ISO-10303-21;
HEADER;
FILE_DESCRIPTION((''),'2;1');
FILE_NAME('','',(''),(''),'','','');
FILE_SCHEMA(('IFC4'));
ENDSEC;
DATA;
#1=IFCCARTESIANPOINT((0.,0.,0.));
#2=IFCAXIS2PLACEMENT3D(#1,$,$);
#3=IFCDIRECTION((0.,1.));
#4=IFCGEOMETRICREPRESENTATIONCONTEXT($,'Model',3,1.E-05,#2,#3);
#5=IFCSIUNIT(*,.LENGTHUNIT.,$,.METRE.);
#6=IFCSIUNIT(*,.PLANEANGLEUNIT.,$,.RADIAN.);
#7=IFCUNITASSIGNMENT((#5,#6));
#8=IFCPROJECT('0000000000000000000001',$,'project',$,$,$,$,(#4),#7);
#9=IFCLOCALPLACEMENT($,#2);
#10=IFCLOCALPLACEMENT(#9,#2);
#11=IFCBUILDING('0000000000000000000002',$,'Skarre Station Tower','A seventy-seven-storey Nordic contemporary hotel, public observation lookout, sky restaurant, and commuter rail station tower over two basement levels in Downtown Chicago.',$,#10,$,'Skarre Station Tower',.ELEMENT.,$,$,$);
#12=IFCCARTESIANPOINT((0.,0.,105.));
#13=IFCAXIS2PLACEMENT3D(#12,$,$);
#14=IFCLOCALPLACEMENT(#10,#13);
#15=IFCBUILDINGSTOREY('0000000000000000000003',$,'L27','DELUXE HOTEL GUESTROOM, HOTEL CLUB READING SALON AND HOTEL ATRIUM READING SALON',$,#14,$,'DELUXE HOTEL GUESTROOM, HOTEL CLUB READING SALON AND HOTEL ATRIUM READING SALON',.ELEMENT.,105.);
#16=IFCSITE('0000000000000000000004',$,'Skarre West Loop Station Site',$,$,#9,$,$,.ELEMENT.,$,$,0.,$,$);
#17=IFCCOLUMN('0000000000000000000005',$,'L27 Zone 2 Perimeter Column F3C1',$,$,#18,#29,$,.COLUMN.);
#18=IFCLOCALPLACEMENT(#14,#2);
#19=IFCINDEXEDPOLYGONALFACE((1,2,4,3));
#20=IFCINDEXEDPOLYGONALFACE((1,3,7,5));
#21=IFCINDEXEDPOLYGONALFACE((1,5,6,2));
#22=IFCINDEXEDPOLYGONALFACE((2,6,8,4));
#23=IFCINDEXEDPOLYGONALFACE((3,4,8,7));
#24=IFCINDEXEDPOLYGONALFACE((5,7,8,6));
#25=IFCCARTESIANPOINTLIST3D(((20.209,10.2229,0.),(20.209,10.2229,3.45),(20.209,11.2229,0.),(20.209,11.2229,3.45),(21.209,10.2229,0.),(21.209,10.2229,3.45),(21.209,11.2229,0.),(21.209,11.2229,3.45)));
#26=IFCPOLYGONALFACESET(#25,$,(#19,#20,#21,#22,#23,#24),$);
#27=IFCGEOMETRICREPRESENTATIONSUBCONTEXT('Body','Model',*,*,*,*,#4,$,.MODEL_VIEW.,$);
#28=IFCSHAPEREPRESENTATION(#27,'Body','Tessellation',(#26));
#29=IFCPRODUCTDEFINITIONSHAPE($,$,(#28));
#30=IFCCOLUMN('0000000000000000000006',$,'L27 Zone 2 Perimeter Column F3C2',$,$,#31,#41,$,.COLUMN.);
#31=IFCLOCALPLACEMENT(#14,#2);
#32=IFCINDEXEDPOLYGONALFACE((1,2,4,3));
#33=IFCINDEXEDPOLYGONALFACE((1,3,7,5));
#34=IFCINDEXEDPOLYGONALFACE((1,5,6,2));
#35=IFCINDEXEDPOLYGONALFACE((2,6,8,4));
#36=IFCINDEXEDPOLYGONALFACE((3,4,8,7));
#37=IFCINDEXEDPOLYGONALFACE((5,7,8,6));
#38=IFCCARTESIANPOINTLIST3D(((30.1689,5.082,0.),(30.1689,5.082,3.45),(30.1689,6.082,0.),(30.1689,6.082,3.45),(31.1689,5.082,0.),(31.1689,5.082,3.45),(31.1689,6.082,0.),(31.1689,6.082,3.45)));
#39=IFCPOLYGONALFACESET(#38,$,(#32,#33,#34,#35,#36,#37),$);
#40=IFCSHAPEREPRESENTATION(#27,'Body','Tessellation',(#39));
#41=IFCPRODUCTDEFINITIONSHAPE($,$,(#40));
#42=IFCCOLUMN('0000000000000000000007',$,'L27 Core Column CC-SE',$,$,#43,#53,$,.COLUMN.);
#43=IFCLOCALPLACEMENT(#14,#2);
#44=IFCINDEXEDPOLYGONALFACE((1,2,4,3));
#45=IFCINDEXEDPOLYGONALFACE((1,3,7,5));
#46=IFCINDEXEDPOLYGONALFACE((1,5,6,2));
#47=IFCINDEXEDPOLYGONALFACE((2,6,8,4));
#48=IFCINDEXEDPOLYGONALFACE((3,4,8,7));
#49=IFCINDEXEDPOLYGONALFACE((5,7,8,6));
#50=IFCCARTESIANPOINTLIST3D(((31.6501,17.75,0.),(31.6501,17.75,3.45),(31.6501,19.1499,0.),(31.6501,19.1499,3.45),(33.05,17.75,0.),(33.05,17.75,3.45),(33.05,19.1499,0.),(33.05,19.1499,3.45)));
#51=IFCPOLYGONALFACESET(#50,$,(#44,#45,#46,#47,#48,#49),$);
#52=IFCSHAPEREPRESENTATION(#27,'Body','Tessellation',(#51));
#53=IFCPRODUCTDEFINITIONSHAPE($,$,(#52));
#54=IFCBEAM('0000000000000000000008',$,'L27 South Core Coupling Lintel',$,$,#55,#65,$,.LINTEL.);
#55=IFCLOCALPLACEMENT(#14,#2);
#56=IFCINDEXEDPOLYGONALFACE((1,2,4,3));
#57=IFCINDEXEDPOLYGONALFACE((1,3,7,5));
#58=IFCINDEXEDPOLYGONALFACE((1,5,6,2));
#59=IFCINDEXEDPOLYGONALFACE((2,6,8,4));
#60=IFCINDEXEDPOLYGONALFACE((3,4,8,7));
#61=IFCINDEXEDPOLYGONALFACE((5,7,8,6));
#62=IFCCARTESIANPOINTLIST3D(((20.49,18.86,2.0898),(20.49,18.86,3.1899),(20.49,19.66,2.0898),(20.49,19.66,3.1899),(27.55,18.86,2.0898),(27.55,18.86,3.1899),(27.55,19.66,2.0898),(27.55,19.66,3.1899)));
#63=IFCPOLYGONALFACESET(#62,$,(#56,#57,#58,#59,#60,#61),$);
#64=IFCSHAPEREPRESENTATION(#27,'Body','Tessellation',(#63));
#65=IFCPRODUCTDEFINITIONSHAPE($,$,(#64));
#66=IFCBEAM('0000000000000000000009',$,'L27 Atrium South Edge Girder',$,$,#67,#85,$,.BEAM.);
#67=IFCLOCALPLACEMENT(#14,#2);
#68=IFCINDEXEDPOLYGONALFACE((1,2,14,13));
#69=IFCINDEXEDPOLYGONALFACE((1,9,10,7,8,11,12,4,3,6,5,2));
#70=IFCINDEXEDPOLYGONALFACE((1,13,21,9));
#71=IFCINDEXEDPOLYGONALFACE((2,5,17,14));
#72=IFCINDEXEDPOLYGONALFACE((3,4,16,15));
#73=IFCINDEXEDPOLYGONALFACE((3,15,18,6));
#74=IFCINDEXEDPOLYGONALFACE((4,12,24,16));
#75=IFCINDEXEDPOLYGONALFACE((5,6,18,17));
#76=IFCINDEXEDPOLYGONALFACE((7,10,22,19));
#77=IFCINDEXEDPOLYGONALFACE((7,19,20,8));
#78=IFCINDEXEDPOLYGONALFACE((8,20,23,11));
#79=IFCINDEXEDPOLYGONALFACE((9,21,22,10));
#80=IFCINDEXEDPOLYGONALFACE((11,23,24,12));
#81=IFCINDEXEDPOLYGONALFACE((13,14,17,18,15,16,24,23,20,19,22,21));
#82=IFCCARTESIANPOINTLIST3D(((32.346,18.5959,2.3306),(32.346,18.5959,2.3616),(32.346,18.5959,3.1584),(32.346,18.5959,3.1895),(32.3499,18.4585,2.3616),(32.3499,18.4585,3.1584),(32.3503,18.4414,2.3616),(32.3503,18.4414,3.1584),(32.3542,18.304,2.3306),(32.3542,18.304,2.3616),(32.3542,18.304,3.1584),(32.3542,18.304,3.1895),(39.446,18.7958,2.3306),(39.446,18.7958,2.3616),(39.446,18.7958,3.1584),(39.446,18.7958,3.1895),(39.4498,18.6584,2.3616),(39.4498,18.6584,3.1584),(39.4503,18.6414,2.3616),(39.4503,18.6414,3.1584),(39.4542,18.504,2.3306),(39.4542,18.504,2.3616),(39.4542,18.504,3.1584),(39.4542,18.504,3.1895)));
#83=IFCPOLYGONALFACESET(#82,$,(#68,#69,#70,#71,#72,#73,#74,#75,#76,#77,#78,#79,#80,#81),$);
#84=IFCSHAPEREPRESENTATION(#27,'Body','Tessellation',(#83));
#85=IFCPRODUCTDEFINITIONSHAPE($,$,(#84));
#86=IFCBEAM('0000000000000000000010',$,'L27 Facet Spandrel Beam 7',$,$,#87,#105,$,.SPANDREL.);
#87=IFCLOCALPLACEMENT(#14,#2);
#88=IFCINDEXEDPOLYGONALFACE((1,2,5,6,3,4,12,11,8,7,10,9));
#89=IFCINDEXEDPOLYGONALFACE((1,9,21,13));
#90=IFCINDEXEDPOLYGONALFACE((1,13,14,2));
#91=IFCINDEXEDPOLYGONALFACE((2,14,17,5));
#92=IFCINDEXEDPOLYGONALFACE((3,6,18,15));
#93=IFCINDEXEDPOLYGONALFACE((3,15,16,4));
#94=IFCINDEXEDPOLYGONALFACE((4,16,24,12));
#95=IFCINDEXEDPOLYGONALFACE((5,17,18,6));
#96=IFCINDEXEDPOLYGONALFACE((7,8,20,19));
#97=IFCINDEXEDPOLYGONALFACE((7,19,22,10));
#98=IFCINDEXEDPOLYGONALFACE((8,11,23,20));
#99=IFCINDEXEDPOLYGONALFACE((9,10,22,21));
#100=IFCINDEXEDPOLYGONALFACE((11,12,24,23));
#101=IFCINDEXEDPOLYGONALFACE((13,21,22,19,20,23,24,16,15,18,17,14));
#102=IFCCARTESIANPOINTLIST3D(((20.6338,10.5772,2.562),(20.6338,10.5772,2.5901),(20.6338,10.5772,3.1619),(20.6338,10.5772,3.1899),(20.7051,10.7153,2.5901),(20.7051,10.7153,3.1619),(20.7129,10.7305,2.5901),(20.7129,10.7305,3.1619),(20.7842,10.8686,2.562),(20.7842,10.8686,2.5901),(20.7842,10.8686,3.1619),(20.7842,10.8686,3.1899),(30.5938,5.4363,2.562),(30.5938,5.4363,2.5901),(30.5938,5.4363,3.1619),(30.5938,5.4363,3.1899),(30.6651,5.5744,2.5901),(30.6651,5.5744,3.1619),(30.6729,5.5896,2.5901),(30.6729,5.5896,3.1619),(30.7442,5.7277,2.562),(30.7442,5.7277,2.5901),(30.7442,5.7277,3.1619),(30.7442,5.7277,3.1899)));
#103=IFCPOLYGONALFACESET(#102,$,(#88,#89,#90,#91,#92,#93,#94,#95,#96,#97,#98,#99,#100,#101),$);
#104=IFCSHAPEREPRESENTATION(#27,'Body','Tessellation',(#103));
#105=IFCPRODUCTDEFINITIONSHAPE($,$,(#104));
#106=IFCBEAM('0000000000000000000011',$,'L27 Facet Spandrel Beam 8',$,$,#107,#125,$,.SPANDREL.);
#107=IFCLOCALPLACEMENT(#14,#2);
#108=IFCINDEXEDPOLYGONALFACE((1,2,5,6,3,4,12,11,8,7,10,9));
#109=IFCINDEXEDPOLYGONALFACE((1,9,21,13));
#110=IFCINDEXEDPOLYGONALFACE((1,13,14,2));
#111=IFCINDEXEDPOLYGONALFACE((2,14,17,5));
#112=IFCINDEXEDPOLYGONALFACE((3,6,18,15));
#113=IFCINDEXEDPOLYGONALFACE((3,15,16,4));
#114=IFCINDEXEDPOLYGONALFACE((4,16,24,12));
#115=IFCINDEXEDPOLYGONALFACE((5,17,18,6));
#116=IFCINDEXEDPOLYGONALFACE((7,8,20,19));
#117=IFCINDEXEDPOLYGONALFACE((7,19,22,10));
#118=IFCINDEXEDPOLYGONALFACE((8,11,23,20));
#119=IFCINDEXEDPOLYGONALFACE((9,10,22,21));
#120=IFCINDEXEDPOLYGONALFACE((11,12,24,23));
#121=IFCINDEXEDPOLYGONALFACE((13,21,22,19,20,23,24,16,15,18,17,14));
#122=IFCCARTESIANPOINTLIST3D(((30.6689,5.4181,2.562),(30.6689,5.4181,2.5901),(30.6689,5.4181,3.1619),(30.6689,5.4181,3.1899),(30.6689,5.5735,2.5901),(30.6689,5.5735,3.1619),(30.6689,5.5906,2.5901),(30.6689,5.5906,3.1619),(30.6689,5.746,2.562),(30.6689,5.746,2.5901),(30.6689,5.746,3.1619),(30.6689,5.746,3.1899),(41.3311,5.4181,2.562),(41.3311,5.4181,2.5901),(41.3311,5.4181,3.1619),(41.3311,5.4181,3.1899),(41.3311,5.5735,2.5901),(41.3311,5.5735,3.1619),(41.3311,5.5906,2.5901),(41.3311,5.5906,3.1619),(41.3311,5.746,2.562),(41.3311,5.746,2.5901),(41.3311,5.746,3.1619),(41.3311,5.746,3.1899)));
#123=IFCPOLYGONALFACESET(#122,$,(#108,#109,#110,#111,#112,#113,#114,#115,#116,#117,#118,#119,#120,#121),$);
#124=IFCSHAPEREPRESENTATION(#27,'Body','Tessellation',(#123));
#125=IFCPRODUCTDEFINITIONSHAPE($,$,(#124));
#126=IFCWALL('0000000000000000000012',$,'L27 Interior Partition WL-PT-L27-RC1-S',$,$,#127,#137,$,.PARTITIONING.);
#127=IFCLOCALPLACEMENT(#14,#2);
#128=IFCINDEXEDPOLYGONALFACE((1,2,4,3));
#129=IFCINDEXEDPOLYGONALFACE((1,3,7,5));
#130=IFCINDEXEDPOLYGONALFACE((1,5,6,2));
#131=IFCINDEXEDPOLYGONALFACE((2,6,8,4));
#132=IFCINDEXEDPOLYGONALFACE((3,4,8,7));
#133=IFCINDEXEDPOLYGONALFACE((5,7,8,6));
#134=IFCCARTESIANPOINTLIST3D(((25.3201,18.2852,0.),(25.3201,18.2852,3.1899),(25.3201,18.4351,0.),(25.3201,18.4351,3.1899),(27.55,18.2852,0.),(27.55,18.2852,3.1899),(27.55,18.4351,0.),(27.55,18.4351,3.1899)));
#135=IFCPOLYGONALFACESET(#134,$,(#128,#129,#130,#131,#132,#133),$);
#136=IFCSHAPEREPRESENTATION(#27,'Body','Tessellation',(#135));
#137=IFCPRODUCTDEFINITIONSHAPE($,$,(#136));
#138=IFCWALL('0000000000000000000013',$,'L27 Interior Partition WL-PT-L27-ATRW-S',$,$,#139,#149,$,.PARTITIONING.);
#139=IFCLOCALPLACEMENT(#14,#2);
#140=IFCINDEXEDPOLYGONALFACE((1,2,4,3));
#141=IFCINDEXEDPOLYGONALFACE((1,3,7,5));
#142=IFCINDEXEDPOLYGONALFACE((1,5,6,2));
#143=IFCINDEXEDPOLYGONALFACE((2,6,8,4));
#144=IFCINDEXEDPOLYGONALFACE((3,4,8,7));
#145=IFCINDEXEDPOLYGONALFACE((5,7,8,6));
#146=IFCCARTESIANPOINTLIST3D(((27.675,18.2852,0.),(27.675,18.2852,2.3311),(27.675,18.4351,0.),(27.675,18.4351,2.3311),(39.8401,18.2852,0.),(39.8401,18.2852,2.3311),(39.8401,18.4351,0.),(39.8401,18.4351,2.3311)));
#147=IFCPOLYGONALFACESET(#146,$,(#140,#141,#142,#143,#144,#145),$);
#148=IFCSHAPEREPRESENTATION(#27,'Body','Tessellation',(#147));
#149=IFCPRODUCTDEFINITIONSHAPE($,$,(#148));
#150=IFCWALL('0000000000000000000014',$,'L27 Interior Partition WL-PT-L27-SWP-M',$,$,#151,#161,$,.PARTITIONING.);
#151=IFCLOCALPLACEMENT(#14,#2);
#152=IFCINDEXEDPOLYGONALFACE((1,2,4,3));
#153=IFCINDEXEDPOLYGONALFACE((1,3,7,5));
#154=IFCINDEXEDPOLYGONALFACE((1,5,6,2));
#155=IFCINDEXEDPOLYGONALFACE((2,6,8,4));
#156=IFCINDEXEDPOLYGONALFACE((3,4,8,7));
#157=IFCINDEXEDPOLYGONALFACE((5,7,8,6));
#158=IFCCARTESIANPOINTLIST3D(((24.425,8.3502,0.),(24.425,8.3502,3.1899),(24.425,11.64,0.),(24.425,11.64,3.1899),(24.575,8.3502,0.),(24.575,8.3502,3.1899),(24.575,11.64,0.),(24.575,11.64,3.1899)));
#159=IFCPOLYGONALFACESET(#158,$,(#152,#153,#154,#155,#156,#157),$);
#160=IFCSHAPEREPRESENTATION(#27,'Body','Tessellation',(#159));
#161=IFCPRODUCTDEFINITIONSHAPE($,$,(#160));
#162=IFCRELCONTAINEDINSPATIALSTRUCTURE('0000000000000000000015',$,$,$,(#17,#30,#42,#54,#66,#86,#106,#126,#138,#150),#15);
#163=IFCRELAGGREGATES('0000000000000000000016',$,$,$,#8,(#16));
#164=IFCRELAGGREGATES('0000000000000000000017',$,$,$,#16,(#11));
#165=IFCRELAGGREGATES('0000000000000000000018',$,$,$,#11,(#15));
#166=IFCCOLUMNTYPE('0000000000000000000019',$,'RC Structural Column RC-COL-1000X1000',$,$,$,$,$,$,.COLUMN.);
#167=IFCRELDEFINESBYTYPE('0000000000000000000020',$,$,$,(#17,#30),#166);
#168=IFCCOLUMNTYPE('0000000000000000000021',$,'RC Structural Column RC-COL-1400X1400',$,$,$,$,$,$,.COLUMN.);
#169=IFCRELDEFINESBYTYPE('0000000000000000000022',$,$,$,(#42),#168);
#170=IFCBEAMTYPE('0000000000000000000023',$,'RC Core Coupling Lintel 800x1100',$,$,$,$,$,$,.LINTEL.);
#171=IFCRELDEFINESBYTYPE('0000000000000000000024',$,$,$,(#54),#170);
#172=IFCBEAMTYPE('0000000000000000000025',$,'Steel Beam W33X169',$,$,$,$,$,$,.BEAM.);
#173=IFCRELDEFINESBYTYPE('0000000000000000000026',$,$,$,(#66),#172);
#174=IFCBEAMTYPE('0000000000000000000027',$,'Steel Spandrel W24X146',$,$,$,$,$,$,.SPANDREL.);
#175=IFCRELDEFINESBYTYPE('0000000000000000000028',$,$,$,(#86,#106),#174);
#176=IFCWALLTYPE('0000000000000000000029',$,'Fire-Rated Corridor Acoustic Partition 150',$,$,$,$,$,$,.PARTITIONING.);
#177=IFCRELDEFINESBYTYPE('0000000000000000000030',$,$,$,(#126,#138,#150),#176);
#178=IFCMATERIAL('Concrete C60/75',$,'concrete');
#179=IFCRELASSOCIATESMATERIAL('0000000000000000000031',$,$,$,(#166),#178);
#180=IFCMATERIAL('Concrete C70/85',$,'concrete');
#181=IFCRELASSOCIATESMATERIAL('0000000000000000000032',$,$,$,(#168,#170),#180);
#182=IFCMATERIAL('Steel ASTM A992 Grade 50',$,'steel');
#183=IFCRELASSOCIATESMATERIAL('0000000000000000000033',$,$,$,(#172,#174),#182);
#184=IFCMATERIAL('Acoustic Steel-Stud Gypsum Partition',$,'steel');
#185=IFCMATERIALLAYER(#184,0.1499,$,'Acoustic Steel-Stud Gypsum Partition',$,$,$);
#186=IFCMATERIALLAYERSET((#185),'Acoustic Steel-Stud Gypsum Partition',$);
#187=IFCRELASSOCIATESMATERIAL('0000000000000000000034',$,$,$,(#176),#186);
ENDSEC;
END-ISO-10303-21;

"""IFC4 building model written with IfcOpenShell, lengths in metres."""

from ifc_helpers import new_model, si_unit, direction, frame, frame_2d, origin, origin_2d, place, context, subcontext, project, spatial, rectangle, i_section, extrude, material, layer, layer_set, material_profile, profile_set, type_object, element, save


model = new_model("IFC4")

# Units and contexts
model_context = context("Model", 3, precision=1e-05, world=origin(), true_north=direction((0.0, 1.0)))
body_context = subcontext(model_context, "Body", "Model", "MODEL_VIEW")
ifc_project = project(units=[si_unit("LENGTHUNIT", "METRE"), si_unit("PLANEANGLEUNIT", "RADIAN")], contexts=[model_context])

# Site, building, storey
site_placement = place(None, origin())
site = spatial("IfcSite", under=ifc_project, at=site_placement, Name="Skarre West Loop Station Site", CompositionType="ELEMENT", RefElevation=0.0)
building_placement = place(site_placement, origin())
building = spatial("IfcBuilding", under=site, at=building_placement, Name="Skarre Station Tower", Description="A seventy-seven-storey Nordic contemporary hotel, public observation lookout, sky restaurant, and commuter rail station tower over two basement levels in Downtown Chicago.", LongName="Skarre Station Tower", CompositionType="ELEMENT")
storey_placement = place(building_placement, frame((0.0, 0.0, 105.0)))
storey = spatial("IfcBuildingStorey", under=building, at=storey_placement, Name="L27", Description="DELUXE HOTEL GUESTROOM, HOTEL CLUB READING SALON AND HOTEL ATRIUM READING SALON", LongName="DELUXE HOTEL GUESTROOM, HOTEL CLUB READING SALON AND HOTEL ATRIUM READING SALON", CompositionType="ELEMENT", Elevation=105.0)

# Columns
ifc_material_1 = material(Name="Concrete C60/75", Category="concrete")
ifc_material_profile_1 = material_profile(ifc_material_1, rectangle(XDim=1.0, YDim=1.0, at=origin_2d()), Name="Concrete C60/75")
ifc_profile_set_1 = profile_set([ifc_material_profile_1], Name="Concrete C60/75")
column_type_1 = type_object("IfcColumnType", Name="RC Structural Column RC-COL-1000X1000", PredefinedType="COLUMN", material=ifc_profile_set_1)
for number, where, z_axis, x_axis, name in (
    (1, (20.709, 10.7229, 0.0), (0.0, 0.0, 1.0), (1.0, 0.0, 0.0), "L27 Zone 2 Perimeter Column F3C1"),
    (2, (30.6689, 5.582, 0.0), (0.0, 0.0, 1.0), (1.0, 0.0, 0.0), "L27 Zone 2 Perimeter Column F3C2"),
):
    element("IfcColumn", number, at=place(storey_placement, frame(where, z_axis=z_axis, x_axis=x_axis)), inside=storey, type_object=column_type_1, Name=name, PredefinedType="COLUMN", context=body_context, shape_type="SweptSolid", body=[
        extrude(rectangle(XDim=1.0, YDim=1.0, at=origin_2d()), origin(), (0.0, 0.0, 1.0), 3.45),
    ])
ifc_material_2 = material(Name="Concrete C70/85", Category="concrete")
ifc_material_profile_2 = material_profile(ifc_material_2, rectangle(XDim=1.3999, YDim=1.3999, at=origin_2d()), Name="Concrete C70/85")
ifc_profile_set_2 = profile_set([ifc_material_profile_2], Name="Concrete C70/85")
column_type_2 = type_object("IfcColumnType", Name="RC Structural Column RC-COL-1400X1400", PredefinedType="COLUMN", material=ifc_profile_set_2)
column_placement = place(storey_placement, frame((32.3501, 18.45, 0.0), z_axis=(0.0, 0.0, 1.0), x_axis=(1.0, 0.0, 0.0)))
element("IfcColumn", 3, at=column_placement, inside=storey, type_object=column_type_2, Name="L27 Core Column CC-SE", PredefinedType="COLUMN", context=body_context, shape_type="SweptSolid", body=[
    extrude(rectangle(XDim=1.3999, YDim=1.3999, at=origin_2d()), origin(), (0.0, 0.0, 1.0), 3.45),
])

# Beams
ifc_material_profile_3 = material_profile(ifc_material_2, rectangle(XDim=0.8, YDim=1.1001, at=origin_2d()), Name="Concrete C70/85")
ifc_profile_set_3 = profile_set([ifc_material_profile_3], Name="Concrete C70/85")
beam_type_1 = type_object("IfcBeamType", Name="RC Core Coupling Lintel 800x1100", PredefinedType="LINTEL", material=ifc_profile_set_3)
beam_1_placement = place(storey_placement, frame((20.49, 19.26, 2.6399), z_axis=(1.0, 0.0, 0.0), x_axis=(0.0, 1.0, 0.0)))
element("IfcBeam", 4, at=beam_1_placement, inside=storey, type_object=beam_type_1, Name="L27 South Core Coupling Lintel", PredefinedType="LINTEL", context=body_context, shape_type="SweptSolid", body=[
    extrude(rectangle(XDim=0.8, YDim=1.1001, at=origin_2d()), origin(), (0.0, 0.0, 1.0), 7.0601),
])
ifc_material_3 = material(Name="Steel ASTM A992 Grade 50", Category="steel")
ifc_material_profile_4 = material_profile(ifc_material_3, i_section(OverallWidth=0.292, OverallDepth=0.8589, WebThickness=0.0171, FlangeThickness=0.031, at=origin_2d()), Name="Steel ASTM A992 Grade 50")
ifc_profile_set_4 = profile_set([ifc_material_profile_4], Name="Steel ASTM A992 Grade 50")
beam_type_2 = type_object("IfcBeamType", Name="Steel Beam W33X169", PredefinedType="BEAM", material=ifc_profile_set_4)
beam_2_placement = place(storey_placement, frame((32.3501, 18.45, 2.76), z_axis=(0.999604, 0.028152, 0.0), x_axis=(-0.028152, 0.999604, 0.0)))
element("IfcBeam", 5, at=beam_2_placement, inside=storey, type_object=beam_type_2, Name="L27 Atrium South Edge Girder", PredefinedType="BEAM", context=body_context, shape_type="SweptSolid", body=[
    extrude(i_section(OverallWidth=0.292, OverallDepth=0.8589, WebThickness=0.0171, FlangeThickness=0.031, at=origin_2d()), origin(), (0.0, 0.0, 1.0), 7.1028),
])
ifc_material_profile_5 = material_profile(ifc_material_3, i_section(OverallWidth=0.3279, OverallDepth=0.6279, WebThickness=0.0171, FlangeThickness=0.0281, at=origin_2d()), Name="Steel ASTM A992 Grade 50")
ifc_profile_set_5 = profile_set([ifc_material_profile_5], Name="Steel ASTM A992 Grade 50")
beam_type_3 = type_object("IfcBeamType", Name="Steel Spandrel W24X146", PredefinedType="SPANDREL", material=ifc_profile_set_5)
beam_3_placement = place(storey_placement, frame((20.709, 10.7229, 2.876), z_axis=(0.888612, -0.45866, 0.0), x_axis=(0.45866, 0.888612, 0.0)))
element("IfcBeam", 6, at=beam_3_placement, inside=storey, type_object=beam_type_3, Name="L27 Facet Spandrel Beam 7", PredefinedType="SPANDREL", context=body_context, shape_type="SweptSolid", body=[
    extrude(i_section(OverallWidth=0.3279, OverallDepth=0.6279, WebThickness=0.0171, FlangeThickness=0.0281, at=origin_2d()), origin(), (0.0, 0.0, 1.0), 11.2085),
])
beam_4_placement = place(storey_placement, frame((30.6689, 5.582, 2.876), z_axis=(1.0, 0.0, 0.0), x_axis=(0.0, 1.0, 0.0)))
element("IfcBeam", 7, at=beam_4_placement, inside=storey, type_object=beam_type_3, Name="L27 Facet Spandrel Beam 8", PredefinedType="SPANDREL", context=body_context, shape_type="SweptSolid", body=[
    extrude(i_section(OverallWidth=0.3279, OverallDepth=0.6279, WebThickness=0.0171, FlangeThickness=0.0281, at=origin_2d()), origin(), (0.0, 0.0, 1.0), 10.6621),
])

# Walls
ifc_material_4 = material(Name="Acoustic Steel-Stud Gypsum Partition", Category="steel")
ifc_layer_1 = layer(ifc_material_4, 0.1499, Name="Acoustic Steel-Stud Gypsum Partition")
ifc_layer_set_1 = layer_set([ifc_layer_1], Name="Acoustic Steel-Stud Gypsum Partition")
wall_type_1 = type_object("IfcWallType", Name="Fire-Rated Corridor Acoustic Partition 150", PredefinedType="PARTITIONING", material=ifc_layer_set_1)
wall_1_placement = place(storey_placement, frame((25.3201, 18.3601, 0.0), z_axis=(0.0, 0.0, 1.0), x_axis=(1.0, 0.0, 0.0)))
element("IfcWall", 8, at=wall_1_placement, inside=storey, type_object=wall_type_1, Name="L27 Interior Partition WL-PT-L27-RC1-S", PredefinedType="PARTITIONING", context=body_context, shape_type="SweptSolid", body=[
    extrude(rectangle(XDim=2.23, YDim=0.1499, at=frame_2d((1.115, 0.0))), origin(), (0.0, 0.0, 1.0), 3.1899),
])
wall_2_placement = place(storey_placement, frame((27.675, 18.3601, 0.0), z_axis=(0.0, 0.0, 1.0), x_axis=(1.0, 0.0, 0.0)))
element("IfcWall", 9, at=wall_2_placement, inside=storey, type_object=wall_type_1, Name="L27 Interior Partition WL-PT-L27-ATRW-S", PredefinedType="PARTITIONING", context=body_context, shape_type="SweptSolid", body=[
    extrude(rectangle(XDim=12.165, YDim=0.1499, at=frame_2d((6.0825, 0.0))), origin(), (0.0, 0.0, 1.0), 2.3311),
])
wall_3_placement = place(storey_placement, frame((24.5, 8.3501, 0.0), z_axis=(0.0, 0.0, 1.0), x_axis=(0.0, 1.0, 0.0)))
element("IfcWall", 10, at=wall_3_placement, inside=storey, type_object=wall_type_1, Name="L27 Interior Partition WL-PT-L27-SWP-M", PredefinedType="PARTITIONING", context=body_context, shape_type="SweptSolid", body=[
    extrude(rectangle(XDim=3.2898, YDim=0.1499, at=frame_2d((1.645, 0.0))), origin(), (0.0, 0.0, 1.0), 3.1899),
])

save(model, "model.ifc")
